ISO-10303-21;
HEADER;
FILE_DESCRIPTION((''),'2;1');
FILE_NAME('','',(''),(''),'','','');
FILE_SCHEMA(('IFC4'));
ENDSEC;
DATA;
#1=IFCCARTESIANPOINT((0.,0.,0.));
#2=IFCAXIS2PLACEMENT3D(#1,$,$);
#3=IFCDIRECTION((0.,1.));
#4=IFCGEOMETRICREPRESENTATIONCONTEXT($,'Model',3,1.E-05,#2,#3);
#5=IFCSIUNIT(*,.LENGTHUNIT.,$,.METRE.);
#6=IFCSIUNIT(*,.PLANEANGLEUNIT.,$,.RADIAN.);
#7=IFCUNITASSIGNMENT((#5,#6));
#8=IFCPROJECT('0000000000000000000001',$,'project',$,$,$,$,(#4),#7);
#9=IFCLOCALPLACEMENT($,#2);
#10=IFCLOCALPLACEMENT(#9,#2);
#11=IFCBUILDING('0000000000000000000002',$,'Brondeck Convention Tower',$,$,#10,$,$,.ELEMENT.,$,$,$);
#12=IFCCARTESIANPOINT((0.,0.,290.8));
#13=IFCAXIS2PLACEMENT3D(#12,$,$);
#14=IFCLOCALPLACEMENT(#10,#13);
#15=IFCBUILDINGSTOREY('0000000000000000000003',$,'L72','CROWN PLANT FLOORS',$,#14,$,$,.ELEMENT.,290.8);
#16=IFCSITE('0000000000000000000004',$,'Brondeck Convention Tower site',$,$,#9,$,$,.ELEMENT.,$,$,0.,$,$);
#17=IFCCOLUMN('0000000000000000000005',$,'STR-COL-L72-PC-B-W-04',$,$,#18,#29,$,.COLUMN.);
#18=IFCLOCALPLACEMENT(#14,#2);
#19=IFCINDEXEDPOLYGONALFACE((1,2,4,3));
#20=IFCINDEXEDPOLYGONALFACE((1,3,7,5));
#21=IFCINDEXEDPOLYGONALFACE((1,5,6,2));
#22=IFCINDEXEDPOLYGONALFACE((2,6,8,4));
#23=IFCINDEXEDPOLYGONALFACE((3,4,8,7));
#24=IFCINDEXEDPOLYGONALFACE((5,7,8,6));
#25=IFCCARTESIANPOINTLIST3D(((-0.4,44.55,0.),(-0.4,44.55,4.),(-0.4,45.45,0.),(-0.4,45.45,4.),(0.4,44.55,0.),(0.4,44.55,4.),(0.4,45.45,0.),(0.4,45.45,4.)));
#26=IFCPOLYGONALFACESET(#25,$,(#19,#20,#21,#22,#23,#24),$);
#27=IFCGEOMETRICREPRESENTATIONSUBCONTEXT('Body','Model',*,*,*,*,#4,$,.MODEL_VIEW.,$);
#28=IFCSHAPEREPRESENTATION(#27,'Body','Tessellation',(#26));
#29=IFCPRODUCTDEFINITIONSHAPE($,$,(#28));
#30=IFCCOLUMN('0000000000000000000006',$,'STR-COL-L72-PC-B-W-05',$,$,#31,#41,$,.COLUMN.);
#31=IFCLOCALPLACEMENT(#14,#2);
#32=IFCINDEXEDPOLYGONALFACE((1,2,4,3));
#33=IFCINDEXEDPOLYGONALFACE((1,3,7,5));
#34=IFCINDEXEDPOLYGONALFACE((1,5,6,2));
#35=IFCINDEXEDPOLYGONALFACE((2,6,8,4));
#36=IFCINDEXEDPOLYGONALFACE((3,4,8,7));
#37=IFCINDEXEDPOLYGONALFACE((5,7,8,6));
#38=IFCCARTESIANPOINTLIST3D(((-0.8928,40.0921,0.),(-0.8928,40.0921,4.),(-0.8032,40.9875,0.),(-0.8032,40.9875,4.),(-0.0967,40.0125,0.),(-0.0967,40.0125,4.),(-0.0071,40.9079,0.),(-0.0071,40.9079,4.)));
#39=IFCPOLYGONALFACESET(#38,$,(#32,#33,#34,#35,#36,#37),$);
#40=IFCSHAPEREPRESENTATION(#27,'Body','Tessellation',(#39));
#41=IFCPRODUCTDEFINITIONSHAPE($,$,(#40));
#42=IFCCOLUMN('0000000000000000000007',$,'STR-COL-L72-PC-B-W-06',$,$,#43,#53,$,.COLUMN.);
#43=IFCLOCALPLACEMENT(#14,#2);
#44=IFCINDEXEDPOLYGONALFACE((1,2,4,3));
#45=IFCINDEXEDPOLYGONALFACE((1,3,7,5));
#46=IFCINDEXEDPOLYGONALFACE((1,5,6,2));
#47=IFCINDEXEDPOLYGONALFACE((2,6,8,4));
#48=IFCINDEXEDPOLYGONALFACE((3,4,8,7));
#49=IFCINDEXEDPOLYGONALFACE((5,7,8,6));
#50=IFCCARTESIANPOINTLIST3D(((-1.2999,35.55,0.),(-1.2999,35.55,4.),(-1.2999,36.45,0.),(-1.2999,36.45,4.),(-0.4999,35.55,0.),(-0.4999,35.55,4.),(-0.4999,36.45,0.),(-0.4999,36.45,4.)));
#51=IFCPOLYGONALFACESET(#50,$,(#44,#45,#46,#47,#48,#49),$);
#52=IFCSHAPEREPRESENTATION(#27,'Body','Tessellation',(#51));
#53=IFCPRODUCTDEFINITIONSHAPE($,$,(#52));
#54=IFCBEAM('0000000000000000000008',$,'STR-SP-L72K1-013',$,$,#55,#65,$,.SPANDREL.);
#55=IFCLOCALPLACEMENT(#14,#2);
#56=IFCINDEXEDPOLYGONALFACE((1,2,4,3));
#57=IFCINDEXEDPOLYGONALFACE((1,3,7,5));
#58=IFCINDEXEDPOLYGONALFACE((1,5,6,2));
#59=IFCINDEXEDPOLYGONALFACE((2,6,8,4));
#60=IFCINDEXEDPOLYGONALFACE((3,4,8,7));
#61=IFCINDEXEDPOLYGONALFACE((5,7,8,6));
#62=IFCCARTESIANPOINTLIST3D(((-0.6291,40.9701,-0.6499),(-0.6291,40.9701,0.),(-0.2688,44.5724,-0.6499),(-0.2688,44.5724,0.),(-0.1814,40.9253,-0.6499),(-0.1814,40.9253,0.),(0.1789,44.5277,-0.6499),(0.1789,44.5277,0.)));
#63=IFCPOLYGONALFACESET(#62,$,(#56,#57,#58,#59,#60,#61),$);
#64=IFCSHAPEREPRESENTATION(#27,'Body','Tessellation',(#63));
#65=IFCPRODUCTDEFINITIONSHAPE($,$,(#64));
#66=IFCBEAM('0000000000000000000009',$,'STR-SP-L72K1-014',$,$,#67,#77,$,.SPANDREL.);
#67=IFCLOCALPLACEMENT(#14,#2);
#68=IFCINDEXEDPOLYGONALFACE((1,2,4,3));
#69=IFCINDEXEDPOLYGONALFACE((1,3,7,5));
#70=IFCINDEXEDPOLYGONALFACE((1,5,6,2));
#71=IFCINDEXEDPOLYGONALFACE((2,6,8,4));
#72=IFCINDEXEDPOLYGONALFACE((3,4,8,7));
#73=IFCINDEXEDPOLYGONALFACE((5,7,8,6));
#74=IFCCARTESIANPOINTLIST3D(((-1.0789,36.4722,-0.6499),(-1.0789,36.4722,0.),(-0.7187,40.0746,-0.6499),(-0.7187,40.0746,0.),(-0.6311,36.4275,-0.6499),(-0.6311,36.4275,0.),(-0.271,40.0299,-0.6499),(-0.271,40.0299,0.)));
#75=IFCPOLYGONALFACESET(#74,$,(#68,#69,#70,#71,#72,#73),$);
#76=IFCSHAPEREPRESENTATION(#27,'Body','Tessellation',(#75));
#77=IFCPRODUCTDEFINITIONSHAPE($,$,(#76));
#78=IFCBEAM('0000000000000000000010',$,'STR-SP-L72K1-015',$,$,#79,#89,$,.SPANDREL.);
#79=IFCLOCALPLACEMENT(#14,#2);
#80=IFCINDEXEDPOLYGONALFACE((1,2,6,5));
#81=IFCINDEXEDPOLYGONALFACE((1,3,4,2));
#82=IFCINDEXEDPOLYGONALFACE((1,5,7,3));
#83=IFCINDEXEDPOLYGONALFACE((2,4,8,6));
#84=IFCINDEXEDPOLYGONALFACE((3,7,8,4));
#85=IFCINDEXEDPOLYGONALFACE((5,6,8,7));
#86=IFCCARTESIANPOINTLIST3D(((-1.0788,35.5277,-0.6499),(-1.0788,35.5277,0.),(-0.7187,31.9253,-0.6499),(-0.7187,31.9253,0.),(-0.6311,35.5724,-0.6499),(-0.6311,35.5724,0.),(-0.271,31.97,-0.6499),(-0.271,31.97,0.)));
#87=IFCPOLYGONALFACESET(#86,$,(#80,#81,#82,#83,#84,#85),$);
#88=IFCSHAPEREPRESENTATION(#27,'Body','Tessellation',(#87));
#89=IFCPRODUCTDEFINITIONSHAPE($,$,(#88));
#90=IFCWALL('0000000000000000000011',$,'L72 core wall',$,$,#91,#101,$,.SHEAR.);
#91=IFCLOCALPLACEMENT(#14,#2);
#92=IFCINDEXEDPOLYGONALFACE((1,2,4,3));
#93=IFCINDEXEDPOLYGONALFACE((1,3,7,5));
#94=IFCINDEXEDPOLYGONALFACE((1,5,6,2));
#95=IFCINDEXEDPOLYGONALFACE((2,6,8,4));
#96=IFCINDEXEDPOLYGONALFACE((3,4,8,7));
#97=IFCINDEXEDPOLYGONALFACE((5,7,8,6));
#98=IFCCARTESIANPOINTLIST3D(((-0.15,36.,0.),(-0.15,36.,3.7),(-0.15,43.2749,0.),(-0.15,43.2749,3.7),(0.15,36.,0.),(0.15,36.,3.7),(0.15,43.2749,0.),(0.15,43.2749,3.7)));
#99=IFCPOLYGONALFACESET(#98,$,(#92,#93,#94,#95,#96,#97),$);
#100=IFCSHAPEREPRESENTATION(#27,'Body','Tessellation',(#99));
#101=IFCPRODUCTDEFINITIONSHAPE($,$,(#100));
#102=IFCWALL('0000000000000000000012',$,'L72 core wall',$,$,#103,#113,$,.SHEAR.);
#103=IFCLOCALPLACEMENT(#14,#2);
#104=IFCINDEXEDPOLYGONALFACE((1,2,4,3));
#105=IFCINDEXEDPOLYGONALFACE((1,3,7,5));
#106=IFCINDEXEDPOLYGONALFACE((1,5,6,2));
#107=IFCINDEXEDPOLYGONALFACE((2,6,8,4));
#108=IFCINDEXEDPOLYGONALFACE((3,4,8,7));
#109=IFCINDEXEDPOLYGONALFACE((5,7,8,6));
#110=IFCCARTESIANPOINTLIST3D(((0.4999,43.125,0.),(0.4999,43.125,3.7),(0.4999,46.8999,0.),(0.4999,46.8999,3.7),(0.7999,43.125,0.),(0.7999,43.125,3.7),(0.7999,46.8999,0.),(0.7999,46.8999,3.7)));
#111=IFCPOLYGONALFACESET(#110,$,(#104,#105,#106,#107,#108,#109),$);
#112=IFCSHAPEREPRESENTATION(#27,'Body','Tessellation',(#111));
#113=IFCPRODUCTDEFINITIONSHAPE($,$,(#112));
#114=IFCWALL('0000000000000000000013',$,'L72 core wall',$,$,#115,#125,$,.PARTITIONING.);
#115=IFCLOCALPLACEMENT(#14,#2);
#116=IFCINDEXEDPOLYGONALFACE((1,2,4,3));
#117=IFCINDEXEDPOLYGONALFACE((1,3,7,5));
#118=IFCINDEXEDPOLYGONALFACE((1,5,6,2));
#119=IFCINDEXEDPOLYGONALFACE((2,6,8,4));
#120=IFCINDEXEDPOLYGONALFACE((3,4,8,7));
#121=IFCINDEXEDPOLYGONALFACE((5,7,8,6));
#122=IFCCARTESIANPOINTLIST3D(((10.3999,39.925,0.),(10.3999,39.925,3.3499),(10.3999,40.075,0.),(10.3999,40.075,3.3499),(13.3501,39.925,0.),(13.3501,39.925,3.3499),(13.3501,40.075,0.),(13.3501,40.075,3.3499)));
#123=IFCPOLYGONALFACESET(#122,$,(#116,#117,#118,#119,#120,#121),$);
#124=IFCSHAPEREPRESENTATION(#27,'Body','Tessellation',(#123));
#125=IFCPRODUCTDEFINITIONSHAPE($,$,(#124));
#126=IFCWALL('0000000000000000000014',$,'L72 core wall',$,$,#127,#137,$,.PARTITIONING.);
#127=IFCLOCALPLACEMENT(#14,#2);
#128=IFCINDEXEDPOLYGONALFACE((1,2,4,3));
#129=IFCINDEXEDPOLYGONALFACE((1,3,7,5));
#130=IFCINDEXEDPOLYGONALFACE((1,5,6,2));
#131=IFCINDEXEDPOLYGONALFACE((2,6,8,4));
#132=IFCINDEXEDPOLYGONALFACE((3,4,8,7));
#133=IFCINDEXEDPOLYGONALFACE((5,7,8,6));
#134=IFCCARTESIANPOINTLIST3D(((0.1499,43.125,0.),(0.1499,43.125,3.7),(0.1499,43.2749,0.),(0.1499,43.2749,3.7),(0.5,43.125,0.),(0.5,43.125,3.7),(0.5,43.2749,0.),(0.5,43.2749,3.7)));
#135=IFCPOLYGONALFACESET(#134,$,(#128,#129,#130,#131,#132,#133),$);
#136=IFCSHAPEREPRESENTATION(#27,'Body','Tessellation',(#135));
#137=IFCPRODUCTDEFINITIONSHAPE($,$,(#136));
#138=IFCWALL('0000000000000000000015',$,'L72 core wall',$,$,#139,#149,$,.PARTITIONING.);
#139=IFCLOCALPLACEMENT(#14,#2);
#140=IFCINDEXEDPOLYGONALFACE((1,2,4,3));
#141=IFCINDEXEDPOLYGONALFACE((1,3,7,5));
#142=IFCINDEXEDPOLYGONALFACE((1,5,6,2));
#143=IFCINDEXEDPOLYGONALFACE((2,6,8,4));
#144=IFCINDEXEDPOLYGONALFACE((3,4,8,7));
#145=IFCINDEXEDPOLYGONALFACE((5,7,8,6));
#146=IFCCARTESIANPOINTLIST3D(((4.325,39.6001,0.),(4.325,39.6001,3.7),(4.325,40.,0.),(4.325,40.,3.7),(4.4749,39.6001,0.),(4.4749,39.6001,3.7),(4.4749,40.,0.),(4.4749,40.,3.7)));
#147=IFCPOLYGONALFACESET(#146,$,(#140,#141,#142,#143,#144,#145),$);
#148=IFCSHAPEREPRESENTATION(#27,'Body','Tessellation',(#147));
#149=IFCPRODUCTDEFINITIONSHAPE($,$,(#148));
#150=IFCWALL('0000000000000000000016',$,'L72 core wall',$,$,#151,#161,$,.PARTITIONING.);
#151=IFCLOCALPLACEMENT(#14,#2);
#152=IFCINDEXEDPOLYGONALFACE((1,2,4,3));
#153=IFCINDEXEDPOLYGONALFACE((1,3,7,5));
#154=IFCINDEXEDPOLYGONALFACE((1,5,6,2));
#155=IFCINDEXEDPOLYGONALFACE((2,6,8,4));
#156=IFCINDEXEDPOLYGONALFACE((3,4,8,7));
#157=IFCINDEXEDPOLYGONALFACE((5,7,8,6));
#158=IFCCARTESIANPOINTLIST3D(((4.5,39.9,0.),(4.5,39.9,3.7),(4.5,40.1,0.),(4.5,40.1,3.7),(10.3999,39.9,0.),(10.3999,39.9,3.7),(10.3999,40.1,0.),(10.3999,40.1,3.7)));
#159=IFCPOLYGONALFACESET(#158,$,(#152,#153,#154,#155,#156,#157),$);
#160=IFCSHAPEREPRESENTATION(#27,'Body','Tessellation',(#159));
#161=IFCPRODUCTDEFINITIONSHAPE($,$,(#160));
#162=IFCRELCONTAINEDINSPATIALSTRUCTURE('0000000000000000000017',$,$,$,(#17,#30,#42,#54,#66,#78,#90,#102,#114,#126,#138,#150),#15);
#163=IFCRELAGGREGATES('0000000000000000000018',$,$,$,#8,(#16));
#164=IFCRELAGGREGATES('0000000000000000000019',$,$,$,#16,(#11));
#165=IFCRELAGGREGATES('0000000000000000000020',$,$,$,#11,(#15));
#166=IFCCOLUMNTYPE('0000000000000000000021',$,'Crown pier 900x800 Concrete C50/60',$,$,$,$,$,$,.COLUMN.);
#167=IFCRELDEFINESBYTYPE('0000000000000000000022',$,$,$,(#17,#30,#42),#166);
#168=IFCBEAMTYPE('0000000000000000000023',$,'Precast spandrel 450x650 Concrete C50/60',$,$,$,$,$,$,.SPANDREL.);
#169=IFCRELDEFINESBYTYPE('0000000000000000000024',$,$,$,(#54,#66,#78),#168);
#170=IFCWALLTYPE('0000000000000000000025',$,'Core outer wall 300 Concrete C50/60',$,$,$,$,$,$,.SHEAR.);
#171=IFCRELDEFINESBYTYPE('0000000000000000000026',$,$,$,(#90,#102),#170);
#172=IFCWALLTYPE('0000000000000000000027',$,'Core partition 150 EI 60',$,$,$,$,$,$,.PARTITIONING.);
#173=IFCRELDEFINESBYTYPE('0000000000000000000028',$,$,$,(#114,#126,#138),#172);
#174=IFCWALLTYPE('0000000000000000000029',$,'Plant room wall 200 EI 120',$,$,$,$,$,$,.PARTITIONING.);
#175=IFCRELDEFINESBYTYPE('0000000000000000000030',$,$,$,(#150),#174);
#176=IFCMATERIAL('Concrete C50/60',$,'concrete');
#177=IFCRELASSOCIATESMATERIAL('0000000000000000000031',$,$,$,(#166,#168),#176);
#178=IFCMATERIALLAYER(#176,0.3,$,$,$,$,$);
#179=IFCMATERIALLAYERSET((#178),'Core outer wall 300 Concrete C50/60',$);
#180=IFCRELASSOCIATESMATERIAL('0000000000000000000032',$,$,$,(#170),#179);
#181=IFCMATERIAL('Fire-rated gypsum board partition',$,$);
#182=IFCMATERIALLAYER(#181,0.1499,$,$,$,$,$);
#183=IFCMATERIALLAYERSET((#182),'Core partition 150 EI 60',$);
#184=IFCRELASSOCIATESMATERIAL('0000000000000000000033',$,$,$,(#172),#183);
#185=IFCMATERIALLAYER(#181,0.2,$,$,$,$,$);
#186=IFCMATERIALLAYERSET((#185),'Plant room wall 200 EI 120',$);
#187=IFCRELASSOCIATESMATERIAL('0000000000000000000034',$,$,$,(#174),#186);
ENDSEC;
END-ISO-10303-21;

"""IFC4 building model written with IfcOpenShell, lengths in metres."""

from ifc_helpers import new_model, si_unit, direction, frame, frame_2d, origin, origin_2d, place, context, subcontext, project, spatial, rectangle, extrude, material, layer, layer_set, material_profile, profile_set, type_object, element, save


model = new_model("IFC4")

# Units and contexts
model_context = context("Model", 3, precision=1e-05, world=origin(), true_north=direction((0.0, 1.0)))
body_context = subcontext(model_context, "Body", "Model", "MODEL_VIEW")
ifc_project = project(units=[si_unit("LENGTHUNIT", "METRE"), si_unit("PLANEANGLEUNIT", "RADIAN")], contexts=[model_context])

# Site, building, storey
site_placement = place(None, origin())
site = spatial("IfcSite", under=ifc_project, at=site_placement, Name="Brondeck Convention Tower site", CompositionType="ELEMENT", RefElevation=0.0)
building_placement = place(site_placement, origin())
building = spatial("IfcBuilding", under=site, at=building_placement, Name="Brondeck Convention Tower", CompositionType="ELEMENT")
storey_placement = place(building_placement, frame((0.0, 0.0, 290.8)))
storey = spatial("IfcBuildingStorey", under=building, at=storey_placement, Name="L72", Description="CROWN PLANT FLOORS", CompositionType="ELEMENT", Elevation=290.8)

# Columns
ifc_material_1 = material(Name="Concrete C50/60", Category="concrete")
ifc_material_profile_1 = material_profile(ifc_material_1, rectangle(XDim=0.8999, YDim=0.8, at=origin_2d()), Name="Crown pier 900x800 Concrete C50/60")
ifc_profile_set_1 = profile_set([ifc_material_profile_1], Name="Concrete C50/60")
column_type = type_object("IfcColumnType", Name="Crown pier 900x800 Concrete C50/60", PredefinedType="COLUMN", material=ifc_profile_set_1)
for number, where, z_axis, x_axis, name in (
    (1, (0.0, 45.0, 0.0), (0.0, 0.0, 1.0), (0.0, -1.0, 0.0), "STR-COL-L72-PC-B-W-04"),
    (2, (-0.45, 40.5, 0.0), (0.0, 0.0, 1.0), (-0.099504, -0.995037, 0.0), "STR-COL-L72-PC-B-W-05"),
    (3, (-0.8999, 36.0, 0.0), (0.0, 0.0, 1.0), (0.0, -1.0, 0.0), "STR-COL-L72-PC-B-W-06"),
):
    element("IfcColumn", number, at=place(storey_placement, frame(where, z_axis=z_axis, x_axis=x_axis)), inside=storey, type_object=column_type, Name=name, PredefinedType="COLUMN", context=body_context, shape_type="SweptSolid", body=[
        extrude(rectangle(XDim=0.8999, YDim=0.8, at=origin_2d()), origin(), (0.0, 0.0, 1.0), 4.0),
    ])

# Beams
ifc_material_profile_2 = material_profile(ifc_material_1, rectangle(XDim=0.45, YDim=0.6499, at=origin_2d()), Name="Precast spandrel 450x650 Concrete C50/60")
ifc_profile_set_2 = profile_set([ifc_material_profile_2], Name="Concrete C50/60")
beam_type = type_object("IfcBeamType", Name="Precast spandrel 450x650 Concrete C50/60", PredefinedType="SPANDREL", material=ifc_profile_set_2)
for number, where, z_axis, x_axis, name in (
    (4, (-0.0449, 44.55, -0.325), (-0.099537, -0.995034, 0.0), (0.995034, -0.099537, 0.0), "STR-SP-L72K1-013"),
    (5, (-0.4949, 40.0522, -0.325), (-0.09947, -0.995041, 0.0), (0.995041, -0.09947, 0.0), "STR-SP-L72K1-014"),
    (6, (-0.855, 35.55, -0.325), (0.09947, -0.995041, 0.0), (0.995041, 0.09947, 0.0), "STR-SP-L72K1-015"),
):
    element("IfcBeam", number, at=place(storey_placement, frame(where, z_axis=z_axis, x_axis=x_axis)), inside=storey, type_object=beam_type, Name=name, PredefinedType="SPANDREL", context=body_context, shape_type="SweptSolid", body=[
        extrude(rectangle(XDim=0.45, YDim=0.6499, at=origin_2d()), origin(), (0.0, 0.0, 1.0), 3.6204),
    ])

# Walls
ifc_layer_1 = layer(ifc_material_1, 0.3)
ifc_layer_set_1 = layer_set([ifc_layer_1], Name="Core outer wall 300 Concrete C50/60")
wall_type_1 = type_object("IfcWallType", Name="Core outer wall 300 Concrete C50/60", PredefinedType="SHEAR", material=ifc_layer_set_1)
wall_1_placement = place(storey_placement, frame((0.0, 36.0, 0.0), z_axis=(0.0, 0.0, 1.0), x_axis=(0.0, 1.0, 0.0)))
element("IfcWall", 7, at=wall_1_placement, inside=storey, type_object=wall_type_1, Name="L72 core wall", PredefinedType="SHEAR", context=body_context, shape_type="SweptSolid", body=[
    extrude(rectangle(XDim=7.2749, YDim=0.3, at=frame_2d((3.6375, 0.0))), origin(), (0.0, 0.0, 1.0), 3.7),
])
wall_2_placement = place(storey_placement, frame((0.6499, 43.125, 0.0), z_axis=(0.0, 0.0, 1.0), x_axis=(0.0, 1.0, 0.0)))
element("IfcWall", 8, at=wall_2_placement, inside=storey, type_object=wall_type_1, Name="L72 core wall", PredefinedType="SHEAR", context=body_context, shape_type="SweptSolid", body=[
    extrude(rectangle(XDim=3.7749, YDim=0.3, at=frame_2d((1.8875, 0.0))), origin(), (0.0, 0.0, 1.0), 3.7),
])
ifc_material_2 = material(Name="Fire-rated gypsum board partition")
ifc_layer_2 = layer(ifc_material_2, 0.1499)
ifc_layer_set_2 = layer_set([ifc_layer_2], Name="Core partition 150 EI 60")
wall_type_2 = type_object("IfcWallType", Name="Core partition 150 EI 60", PredefinedType="PARTITIONING", material=ifc_layer_set_2)
wall_3_placement = place(storey_placement, frame((10.3999, 40.0, 0.0), z_axis=(0.0, 0.0, 1.0), x_axis=(1.0, 0.0, 0.0)))
element("IfcWall", 9, at=wall_3_placement, inside=storey, type_object=wall_type_2, Name="L72 core wall", PredefinedType="PARTITIONING", context=body_context, shape_type="SweptSolid", body=[
    extrude(rectangle(XDim=2.9502, YDim=0.1499, at=frame_2d((1.4751, 0.0))), origin(), (0.0, 0.0, 1.0), 3.3499),
])
wall_4_placement = place(storey_placement, frame((0.1499, 43.2, 0.0), z_axis=(0.0, 0.0, 1.0), x_axis=(1.0, 0.0, 0.0)))
element("IfcWall", 10, at=wall_4_placement, inside=storey, type_object=wall_type_2, Name="L72 core wall", PredefinedType="PARTITIONING", context=body_context, shape_type="SweptSolid", body=[
    extrude(rectangle(XDim=0.3501, YDim=0.1499, at=frame_2d((0.175, 0.0))), origin(), (0.0, 0.0, 1.0), 3.7),
])
wall_5_placement = place(storey_placement, frame((4.3999, 39.6001, 0.0), z_axis=(0.0, 0.0, 1.0), x_axis=(0.0, 1.0, 0.0)))
element("IfcWall", 11, at=wall_5_placement, inside=storey, type_object=wall_type_2, Name="L72 core wall", PredefinedType="PARTITIONING", context=body_context, shape_type="SweptSolid", body=[
    extrude(rectangle(XDim=0.3999, YDim=0.1499, at=frame_2d((0.2, 0.0))), origin(), (0.0, 0.0, 1.0), 3.7),
])
ifc_layer_3 = layer(ifc_material_2, 0.2)
ifc_layer_set_3 = layer_set([ifc_layer_3], Name="Plant room wall 200 EI 120")
wall_type_3 = type_object("IfcWallType", Name="Plant room wall 200 EI 120", PredefinedType="PARTITIONING", material=ifc_layer_set_3)
wall_6_placement = place(storey_placement, frame((4.5, 40.0, 0.0), z_axis=(0.0, 0.0, 1.0), x_axis=(1.0, 0.0, 0.0)))
element("IfcWall", 12, at=wall_6_placement, inside=storey, type_object=wall_type_3, Name="L72 core wall", PredefinedType="PARTITIONING", context=body_context, shape_type="SweptSolid", body=[
    extrude(rectangle(XDim=5.8999, YDim=0.2, at=frame_2d((2.95, 0.0))), origin(), (0.0, 0.0, 1.0), 3.7),
])

save(model, "model.ifc")
